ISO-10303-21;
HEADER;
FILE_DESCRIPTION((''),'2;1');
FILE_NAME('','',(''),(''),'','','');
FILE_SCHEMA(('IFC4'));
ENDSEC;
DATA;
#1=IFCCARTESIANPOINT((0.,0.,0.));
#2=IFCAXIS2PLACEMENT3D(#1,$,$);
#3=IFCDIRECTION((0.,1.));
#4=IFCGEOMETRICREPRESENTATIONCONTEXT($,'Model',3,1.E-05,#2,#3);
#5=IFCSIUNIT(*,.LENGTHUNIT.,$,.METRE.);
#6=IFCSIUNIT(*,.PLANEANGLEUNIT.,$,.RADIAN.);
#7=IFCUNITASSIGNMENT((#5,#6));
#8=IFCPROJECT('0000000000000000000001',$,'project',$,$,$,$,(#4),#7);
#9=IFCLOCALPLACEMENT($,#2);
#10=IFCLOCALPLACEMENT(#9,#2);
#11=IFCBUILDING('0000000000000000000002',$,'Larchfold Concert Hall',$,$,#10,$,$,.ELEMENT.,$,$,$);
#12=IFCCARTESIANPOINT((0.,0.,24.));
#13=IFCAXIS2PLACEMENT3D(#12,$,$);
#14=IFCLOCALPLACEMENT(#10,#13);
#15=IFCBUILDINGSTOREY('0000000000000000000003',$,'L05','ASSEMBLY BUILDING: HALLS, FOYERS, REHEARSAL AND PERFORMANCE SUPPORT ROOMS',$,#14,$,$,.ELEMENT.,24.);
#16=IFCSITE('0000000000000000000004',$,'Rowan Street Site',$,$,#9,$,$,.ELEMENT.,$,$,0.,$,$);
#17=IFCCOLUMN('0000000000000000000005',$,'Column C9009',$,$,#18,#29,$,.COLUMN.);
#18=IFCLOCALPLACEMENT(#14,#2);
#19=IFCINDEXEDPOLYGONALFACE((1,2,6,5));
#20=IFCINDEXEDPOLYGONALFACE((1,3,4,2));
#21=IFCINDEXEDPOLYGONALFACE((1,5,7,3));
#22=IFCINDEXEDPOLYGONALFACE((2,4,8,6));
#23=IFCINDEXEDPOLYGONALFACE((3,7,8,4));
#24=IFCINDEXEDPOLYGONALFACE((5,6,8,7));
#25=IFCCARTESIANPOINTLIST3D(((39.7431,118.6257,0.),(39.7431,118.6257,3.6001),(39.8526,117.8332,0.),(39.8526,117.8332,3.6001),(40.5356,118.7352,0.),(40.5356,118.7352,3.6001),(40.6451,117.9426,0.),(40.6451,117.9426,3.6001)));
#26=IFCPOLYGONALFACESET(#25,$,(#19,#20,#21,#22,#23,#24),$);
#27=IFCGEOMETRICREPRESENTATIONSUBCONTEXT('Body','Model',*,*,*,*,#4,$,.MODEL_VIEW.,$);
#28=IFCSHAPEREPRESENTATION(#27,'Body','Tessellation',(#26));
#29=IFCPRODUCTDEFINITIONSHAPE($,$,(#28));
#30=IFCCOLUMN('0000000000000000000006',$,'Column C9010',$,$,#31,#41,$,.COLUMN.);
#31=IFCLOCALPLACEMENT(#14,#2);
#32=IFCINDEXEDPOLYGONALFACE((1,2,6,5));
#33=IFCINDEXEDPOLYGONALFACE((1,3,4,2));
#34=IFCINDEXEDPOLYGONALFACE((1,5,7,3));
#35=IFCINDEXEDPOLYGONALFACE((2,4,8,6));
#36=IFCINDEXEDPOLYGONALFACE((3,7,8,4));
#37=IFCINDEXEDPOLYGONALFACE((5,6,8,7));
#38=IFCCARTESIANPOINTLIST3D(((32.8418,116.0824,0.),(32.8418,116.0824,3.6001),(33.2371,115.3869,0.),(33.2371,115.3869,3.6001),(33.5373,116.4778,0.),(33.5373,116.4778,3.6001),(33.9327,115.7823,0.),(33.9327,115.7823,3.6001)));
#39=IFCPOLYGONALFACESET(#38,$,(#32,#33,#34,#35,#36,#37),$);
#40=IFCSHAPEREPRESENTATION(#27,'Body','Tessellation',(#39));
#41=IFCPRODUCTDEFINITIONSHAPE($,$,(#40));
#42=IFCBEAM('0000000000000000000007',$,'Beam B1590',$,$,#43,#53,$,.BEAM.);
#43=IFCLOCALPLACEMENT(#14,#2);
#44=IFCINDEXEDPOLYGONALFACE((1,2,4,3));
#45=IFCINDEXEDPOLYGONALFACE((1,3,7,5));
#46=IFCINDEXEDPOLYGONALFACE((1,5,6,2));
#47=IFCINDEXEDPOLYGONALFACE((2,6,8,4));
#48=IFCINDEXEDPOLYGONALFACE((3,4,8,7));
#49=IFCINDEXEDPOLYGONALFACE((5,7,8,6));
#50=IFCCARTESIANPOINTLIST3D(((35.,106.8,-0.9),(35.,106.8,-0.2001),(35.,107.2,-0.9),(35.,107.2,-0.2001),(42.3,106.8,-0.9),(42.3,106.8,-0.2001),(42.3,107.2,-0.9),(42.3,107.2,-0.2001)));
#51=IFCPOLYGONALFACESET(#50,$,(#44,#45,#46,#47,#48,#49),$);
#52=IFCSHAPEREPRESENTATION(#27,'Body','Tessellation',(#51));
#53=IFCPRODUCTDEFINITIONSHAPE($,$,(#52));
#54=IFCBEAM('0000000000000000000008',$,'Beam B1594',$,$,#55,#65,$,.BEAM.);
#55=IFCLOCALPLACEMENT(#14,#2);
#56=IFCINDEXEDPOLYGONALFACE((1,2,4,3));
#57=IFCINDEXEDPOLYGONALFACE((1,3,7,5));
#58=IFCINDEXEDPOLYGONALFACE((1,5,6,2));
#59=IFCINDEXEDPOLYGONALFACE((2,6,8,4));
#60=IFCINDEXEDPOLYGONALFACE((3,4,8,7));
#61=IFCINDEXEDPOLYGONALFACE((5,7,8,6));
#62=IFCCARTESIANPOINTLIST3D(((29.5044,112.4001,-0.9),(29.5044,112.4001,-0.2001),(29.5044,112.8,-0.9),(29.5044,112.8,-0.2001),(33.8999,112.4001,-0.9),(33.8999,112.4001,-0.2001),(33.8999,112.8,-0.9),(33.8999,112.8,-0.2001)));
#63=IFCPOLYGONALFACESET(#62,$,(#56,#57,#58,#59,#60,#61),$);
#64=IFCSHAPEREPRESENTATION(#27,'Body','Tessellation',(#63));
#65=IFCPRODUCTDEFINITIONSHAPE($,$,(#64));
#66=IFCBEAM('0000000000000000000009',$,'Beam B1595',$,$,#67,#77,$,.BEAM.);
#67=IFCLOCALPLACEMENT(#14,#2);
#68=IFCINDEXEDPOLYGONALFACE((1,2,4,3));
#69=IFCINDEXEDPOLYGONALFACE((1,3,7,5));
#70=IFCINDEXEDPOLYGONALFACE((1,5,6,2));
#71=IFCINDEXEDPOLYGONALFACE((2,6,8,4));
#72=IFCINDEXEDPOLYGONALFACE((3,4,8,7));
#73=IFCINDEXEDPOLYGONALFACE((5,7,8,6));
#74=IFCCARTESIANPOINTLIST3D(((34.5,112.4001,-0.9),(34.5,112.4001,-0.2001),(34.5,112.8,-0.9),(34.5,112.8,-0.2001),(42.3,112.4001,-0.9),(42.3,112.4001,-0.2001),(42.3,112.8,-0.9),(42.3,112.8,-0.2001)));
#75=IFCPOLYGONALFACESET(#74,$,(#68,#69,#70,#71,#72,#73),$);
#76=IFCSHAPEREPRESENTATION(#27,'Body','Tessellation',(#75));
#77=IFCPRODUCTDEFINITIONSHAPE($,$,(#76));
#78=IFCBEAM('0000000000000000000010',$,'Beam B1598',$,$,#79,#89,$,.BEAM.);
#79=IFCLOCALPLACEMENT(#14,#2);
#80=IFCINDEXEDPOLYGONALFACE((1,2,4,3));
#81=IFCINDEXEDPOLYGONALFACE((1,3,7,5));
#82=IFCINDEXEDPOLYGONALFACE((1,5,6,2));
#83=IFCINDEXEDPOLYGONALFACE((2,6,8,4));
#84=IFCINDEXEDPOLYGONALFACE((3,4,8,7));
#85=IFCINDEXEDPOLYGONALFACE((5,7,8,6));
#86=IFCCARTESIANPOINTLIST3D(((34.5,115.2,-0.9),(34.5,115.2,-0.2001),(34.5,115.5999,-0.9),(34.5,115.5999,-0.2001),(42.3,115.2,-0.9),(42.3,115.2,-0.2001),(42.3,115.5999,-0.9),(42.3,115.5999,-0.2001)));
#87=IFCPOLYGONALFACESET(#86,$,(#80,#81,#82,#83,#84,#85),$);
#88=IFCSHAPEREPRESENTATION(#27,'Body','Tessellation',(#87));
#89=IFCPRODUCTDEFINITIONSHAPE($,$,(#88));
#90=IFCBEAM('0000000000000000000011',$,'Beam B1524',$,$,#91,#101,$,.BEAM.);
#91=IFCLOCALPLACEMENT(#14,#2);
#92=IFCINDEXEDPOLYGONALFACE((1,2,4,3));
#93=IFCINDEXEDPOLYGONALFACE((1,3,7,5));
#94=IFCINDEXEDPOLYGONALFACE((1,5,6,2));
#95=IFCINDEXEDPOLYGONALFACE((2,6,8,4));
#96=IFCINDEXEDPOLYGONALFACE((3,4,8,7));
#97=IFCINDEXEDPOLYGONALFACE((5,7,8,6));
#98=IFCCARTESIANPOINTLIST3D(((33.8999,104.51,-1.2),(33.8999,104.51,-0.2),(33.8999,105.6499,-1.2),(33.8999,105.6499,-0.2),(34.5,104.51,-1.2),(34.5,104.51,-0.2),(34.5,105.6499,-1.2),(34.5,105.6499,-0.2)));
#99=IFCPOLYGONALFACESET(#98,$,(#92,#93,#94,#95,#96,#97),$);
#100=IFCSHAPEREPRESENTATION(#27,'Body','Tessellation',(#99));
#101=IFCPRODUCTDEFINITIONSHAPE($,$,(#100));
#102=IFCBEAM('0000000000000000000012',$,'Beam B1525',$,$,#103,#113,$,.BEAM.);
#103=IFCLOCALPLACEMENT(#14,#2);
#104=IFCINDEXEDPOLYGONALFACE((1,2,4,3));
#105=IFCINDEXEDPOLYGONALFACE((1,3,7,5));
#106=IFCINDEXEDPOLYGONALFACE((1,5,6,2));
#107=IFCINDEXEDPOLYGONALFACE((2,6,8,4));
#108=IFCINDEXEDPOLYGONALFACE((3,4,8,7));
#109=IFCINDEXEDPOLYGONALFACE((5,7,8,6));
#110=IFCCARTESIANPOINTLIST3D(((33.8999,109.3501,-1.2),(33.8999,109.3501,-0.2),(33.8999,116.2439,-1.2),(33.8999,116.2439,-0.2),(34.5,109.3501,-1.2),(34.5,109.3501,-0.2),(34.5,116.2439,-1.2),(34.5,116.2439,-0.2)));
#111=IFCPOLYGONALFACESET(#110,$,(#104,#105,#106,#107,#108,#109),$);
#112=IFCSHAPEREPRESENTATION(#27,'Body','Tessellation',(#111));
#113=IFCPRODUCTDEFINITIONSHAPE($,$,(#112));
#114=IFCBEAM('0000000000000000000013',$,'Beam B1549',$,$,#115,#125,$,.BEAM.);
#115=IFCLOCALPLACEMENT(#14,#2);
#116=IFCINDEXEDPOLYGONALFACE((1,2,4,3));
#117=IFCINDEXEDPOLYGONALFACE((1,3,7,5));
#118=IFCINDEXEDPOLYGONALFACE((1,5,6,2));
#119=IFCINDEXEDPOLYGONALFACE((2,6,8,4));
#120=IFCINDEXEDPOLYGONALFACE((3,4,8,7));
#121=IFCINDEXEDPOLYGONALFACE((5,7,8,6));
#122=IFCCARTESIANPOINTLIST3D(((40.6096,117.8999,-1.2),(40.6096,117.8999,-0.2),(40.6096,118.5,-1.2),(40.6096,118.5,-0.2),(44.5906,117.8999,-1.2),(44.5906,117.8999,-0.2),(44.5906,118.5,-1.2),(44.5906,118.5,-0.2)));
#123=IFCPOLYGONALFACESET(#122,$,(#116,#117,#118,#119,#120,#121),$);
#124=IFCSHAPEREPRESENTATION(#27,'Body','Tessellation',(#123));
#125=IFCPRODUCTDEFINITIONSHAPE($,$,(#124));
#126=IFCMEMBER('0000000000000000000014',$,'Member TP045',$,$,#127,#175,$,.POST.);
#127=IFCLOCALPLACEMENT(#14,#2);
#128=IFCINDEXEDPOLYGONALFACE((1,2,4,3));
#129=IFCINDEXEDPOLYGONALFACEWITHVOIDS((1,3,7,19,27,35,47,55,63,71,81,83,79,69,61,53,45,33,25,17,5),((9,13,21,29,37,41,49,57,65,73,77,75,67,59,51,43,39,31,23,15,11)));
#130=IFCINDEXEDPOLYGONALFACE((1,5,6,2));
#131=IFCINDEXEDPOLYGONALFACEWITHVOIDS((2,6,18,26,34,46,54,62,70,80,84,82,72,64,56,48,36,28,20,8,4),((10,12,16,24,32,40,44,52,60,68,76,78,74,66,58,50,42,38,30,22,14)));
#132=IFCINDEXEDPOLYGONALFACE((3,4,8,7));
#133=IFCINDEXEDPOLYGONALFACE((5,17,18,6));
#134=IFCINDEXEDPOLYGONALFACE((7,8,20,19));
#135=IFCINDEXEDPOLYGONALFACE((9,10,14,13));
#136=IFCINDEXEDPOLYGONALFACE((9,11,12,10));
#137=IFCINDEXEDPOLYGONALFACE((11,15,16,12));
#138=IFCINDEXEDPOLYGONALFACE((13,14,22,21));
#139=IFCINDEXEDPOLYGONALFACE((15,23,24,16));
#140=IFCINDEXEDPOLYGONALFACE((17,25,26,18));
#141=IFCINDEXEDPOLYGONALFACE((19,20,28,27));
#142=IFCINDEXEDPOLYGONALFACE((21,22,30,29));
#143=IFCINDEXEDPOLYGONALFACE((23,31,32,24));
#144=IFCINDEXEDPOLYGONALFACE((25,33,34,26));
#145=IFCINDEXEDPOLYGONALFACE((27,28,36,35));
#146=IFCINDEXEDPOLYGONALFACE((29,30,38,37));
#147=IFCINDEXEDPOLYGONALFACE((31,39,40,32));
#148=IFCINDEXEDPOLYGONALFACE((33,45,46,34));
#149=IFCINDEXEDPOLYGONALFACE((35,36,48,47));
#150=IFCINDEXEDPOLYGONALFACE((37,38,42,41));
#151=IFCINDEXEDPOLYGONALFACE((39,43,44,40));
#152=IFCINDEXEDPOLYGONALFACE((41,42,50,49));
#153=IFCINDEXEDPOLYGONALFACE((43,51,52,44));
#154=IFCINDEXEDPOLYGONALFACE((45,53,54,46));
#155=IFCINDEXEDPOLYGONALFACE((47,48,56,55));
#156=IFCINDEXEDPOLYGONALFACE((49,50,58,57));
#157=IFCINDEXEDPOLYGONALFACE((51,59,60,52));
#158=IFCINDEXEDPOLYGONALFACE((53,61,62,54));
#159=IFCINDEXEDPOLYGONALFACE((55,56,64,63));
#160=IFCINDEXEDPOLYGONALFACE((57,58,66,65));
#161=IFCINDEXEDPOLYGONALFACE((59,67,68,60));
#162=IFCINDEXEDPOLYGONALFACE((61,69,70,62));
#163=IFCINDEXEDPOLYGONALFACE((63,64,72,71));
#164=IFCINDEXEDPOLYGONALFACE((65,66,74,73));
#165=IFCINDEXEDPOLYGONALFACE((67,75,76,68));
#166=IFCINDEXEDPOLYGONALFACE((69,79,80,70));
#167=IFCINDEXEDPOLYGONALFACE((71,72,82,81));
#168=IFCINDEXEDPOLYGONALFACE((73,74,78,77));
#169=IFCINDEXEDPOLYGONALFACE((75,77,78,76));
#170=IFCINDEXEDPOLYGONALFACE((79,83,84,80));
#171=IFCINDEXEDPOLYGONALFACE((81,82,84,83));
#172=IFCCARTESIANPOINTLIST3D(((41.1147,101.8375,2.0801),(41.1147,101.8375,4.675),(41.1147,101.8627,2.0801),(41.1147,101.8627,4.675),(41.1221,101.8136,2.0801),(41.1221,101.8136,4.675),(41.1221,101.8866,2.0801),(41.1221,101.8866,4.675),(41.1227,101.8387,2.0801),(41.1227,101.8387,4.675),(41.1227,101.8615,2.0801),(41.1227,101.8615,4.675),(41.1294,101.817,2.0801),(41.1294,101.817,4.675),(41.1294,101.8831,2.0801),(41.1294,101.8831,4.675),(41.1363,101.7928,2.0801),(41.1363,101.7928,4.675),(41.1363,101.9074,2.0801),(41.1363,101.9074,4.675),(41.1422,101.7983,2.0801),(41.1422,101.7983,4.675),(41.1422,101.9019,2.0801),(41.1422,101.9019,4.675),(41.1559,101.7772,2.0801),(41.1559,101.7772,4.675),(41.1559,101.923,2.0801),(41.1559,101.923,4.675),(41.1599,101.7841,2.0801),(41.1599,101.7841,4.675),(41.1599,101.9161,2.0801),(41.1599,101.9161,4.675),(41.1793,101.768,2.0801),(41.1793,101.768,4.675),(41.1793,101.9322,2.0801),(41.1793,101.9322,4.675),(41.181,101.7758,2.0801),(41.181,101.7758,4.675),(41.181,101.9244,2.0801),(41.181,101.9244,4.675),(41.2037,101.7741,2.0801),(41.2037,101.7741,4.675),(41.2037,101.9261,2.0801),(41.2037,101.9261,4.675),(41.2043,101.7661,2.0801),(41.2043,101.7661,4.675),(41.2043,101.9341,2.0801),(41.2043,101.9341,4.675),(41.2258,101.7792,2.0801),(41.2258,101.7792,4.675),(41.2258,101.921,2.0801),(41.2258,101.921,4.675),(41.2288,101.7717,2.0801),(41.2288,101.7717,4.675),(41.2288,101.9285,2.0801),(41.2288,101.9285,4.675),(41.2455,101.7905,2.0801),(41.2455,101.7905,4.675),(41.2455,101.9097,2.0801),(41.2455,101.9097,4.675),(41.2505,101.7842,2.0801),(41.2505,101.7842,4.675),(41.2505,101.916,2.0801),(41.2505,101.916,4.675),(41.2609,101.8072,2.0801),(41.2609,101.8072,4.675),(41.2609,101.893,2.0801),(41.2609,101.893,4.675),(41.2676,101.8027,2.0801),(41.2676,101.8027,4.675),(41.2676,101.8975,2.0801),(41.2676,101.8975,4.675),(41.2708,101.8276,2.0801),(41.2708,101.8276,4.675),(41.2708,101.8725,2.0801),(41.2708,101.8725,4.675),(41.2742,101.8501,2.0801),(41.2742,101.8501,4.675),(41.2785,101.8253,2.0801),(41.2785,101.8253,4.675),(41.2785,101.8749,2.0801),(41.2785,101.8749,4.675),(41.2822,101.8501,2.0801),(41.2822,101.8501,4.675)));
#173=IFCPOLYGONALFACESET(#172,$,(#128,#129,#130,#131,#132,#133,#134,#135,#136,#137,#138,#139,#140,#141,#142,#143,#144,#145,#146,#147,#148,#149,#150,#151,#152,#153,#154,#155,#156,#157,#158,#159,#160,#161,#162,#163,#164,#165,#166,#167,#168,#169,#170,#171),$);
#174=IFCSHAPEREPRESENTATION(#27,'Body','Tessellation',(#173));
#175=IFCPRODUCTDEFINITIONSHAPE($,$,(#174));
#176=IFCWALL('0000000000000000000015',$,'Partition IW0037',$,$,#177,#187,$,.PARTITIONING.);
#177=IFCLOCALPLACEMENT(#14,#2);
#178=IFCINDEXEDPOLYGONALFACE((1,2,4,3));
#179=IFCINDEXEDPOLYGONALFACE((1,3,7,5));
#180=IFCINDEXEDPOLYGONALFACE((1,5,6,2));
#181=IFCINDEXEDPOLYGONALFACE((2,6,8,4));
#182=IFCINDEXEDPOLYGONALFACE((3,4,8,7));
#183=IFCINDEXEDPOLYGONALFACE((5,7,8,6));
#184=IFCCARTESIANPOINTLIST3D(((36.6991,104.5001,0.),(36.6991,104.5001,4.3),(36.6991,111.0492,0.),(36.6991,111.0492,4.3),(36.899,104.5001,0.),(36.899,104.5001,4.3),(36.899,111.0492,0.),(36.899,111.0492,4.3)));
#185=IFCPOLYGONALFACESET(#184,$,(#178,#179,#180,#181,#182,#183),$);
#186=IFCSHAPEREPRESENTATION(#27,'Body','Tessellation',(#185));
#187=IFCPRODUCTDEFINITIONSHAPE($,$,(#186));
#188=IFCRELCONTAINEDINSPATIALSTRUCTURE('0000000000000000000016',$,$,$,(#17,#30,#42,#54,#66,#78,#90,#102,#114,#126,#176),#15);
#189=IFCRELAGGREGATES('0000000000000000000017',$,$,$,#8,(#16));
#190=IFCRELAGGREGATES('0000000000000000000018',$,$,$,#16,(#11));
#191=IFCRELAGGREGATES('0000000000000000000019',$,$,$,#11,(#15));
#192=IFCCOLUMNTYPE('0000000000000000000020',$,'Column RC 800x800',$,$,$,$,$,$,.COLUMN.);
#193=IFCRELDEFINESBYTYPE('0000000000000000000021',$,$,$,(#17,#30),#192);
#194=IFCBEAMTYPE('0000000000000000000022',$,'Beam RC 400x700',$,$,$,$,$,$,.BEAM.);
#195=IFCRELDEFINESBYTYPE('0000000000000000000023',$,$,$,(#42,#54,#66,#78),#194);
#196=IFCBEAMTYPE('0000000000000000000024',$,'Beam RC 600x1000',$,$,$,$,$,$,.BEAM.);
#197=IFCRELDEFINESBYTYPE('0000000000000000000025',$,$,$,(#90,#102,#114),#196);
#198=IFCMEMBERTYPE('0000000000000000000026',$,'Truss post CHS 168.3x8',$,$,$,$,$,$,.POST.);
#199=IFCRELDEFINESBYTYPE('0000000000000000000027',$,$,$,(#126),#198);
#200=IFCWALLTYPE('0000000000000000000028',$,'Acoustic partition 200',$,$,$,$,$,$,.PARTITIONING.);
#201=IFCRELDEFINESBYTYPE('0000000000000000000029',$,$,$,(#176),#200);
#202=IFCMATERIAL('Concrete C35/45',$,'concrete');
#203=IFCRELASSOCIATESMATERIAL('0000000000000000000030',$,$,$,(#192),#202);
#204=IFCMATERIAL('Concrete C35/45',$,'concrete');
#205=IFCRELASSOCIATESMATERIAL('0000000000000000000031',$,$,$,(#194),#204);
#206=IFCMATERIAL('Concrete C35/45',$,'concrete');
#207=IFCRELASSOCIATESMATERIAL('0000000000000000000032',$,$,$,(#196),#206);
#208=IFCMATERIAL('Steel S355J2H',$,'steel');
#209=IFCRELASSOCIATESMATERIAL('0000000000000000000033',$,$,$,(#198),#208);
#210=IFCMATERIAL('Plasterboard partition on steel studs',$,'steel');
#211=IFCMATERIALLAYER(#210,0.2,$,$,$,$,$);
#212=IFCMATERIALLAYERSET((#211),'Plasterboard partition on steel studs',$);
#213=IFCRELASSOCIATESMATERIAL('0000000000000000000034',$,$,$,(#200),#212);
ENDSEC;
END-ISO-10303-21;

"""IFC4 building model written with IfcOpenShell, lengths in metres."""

from ifc_helpers import new_model, si_unit, direction, frame, frame_2d, origin, origin_2d, place, context, subcontext, project, spatial, rectangle, hollow_circle, extrude, material, layer, layer_set, material_profile, profile_set, type_object, element, save


model = new_model("IFC4")

# Units and contexts
model_context = context("Model", 3, precision=1e-05, world=origin(), true_north=direction((0.0, 1.0)))
body_context = subcontext(model_context, "Body", "Model", "MODEL_VIEW")
ifc_project = project(units=[si_unit("LENGTHUNIT", "METRE"), si_unit("PLANEANGLEUNIT", "RADIAN")], contexts=[model_context])

# Site, building, storey
site_placement = place(None, origin())
site = spatial("IfcSite", under=ifc_project, at=site_placement, Name="Rowan Street Site", CompositionType="ELEMENT", RefElevation=0.0)
building_placement = place(site_placement, origin())
building = spatial("IfcBuilding", under=site, at=building_placement, Name="Larchfold Concert Hall", CompositionType="ELEMENT")
storey_placement = place(building_placement, frame((0.0, 0.0, 24.0)))
storey = spatial("IfcBuildingStorey", under=building, at=storey_placement, Name="L05", Description="ASSEMBLY BUILDING: HALLS, FOYERS, REHEARSAL AND PERFORMANCE SUPPORT ROOMS", CompositionType="ELEMENT", Elevation=24.0)

# Columns
ifc_material_1 = material(Name="Concrete C35/45", Category="concrete")
ifc_material_profile_1 = material_profile(ifc_material_1, rectangle(XDim=0.8, YDim=0.8, at=origin_2d()))
ifc_profile_set_1 = profile_set([ifc_material_profile_1], Name="Concrete C35/45")
column_type = type_object("IfcColumnType", Name="Column RC 800x800", PredefinedType="COLUMN", material=ifc_profile_set_1)
for number, where, z_axis, x_axis, name in (
    (1, (40.1941, 118.2842, 0.0), (0.0, 0.0, 1.0), (0.990596, 0.13682, 0.0), "Column C9009"),
    (2, (33.3872, 115.9324, 0.0), (0.0, 0.0, 1.0), (0.86935, 0.494197, 0.0), "Column C9010"),
):
    element("IfcColumn", number, at=place(storey_placement, frame(where, z_axis=z_axis, x_axis=x_axis)), inside=storey, type_object=column_type, Name=name, PredefinedType="COLUMN", context=body_context, shape_type="SweptSolid", body=[
        extrude(rectangle(XDim=0.8, YDim=0.8, at=origin_2d()), origin(), (0.0, 0.0, 1.0), 3.6001),
    ])

# Beams
ifc_material_2 = material(Name="Concrete C35/45", Category="concrete")
ifc_material_profile_2 = material_profile(ifc_material_2, rectangle(XDim=0.3999, YDim=0.7, at=origin_2d()))
ifc_profile_set_2 = profile_set([ifc_material_profile_2], Name="Concrete C35/45")
beam_type_1 = type_object("IfcBeamType", Name="Beam RC 400x700", PredefinedType="BEAM", material=ifc_profile_set_2)
beam_1_placement = place(storey_placement, frame((35.0, 107.0, -0.55), z_axis=(1.0, 0.0, 0.0), x_axis=(0.0, 1.0, 0.0)))
element("IfcBeam", 3, at=beam_1_placement, inside=storey, type_object=beam_type_1, Name="Beam B1590", PredefinedType="BEAM", context=body_context, shape_type="SweptSolid", body=[
    extrude(rectangle(XDim=0.3999, YDim=0.7, at=origin_2d()), origin(), (0.0, 0.0, 1.0), 7.3),
])
beam_2_placement = place(storey_placement, frame((29.5044, 112.6001, -0.55), z_axis=(1.0, 0.0, 0.0), x_axis=(0.0, 1.0, 0.0)))
element("IfcBeam", 4, at=beam_2_placement, inside=storey, type_object=beam_type_1, Name="Beam B1594", PredefinedType="BEAM", context=body_context, shape_type="SweptSolid", body=[
    extrude(rectangle(XDim=0.3999, YDim=0.7, at=origin_2d()), origin(), (0.0, 0.0, 1.0), 4.3955),
])
for number, where, z_axis, x_axis, name in (
    (5, (34.5, 112.6001, -0.55), (1.0, 0.0, 0.0), (0.0, 1.0, 0.0), "Beam B1595"),
    (6, (34.5, 115.3999, -0.55), (1.0, 0.0, 0.0), (0.0, 1.0, 0.0), "Beam B1598"),
):
    element("IfcBeam", number, at=place(storey_placement, frame(where, z_axis=z_axis, x_axis=x_axis)), inside=storey, type_object=beam_type_1, Name=name, PredefinedType="BEAM", context=body_context, shape_type="SweptSolid", body=[
        extrude(rectangle(XDim=0.3999, YDim=0.7, at=origin_2d()), origin(), (0.0, 0.0, 1.0), 7.8),
    ])
ifc_material_3 = material(Name="Concrete C35/45", Category="concrete")
ifc_material_profile_3 = material_profile(ifc_material_3, rectangle(XDim=0.6001, YDim=1.0, at=origin_2d()))
ifc_profile_set_3 = profile_set([ifc_material_profile_3], Name="Concrete C35/45")
beam_type_2 = type_object("IfcBeamType", Name="Beam RC 600x1000", PredefinedType="BEAM", material=ifc_profile_set_3)
beam_3_placement = place(storey_placement, frame((34.2, 104.51, -0.7), z_axis=(0.0, 1.0, 0.0), x_axis=(-1.0, 0.0, 0.0)))
element("IfcBeam", 7, at=beam_3_placement, inside=storey, type_object=beam_type_2, Name="Beam B1524", PredefinedType="BEAM", context=body_context, shape_type="SweptSolid", body=[
    extrude(rectangle(XDim=0.6001, YDim=1.0, at=origin_2d()), origin(), (0.0, 0.0, 1.0), 1.1399),
])
beam_4_placement = place(storey_placement, frame((34.2, 109.3501, -0.7), z_axis=(0.0, 1.0, 0.0), x_axis=(-1.0, 0.0, 0.0)))
element("IfcBeam", 8, at=beam_4_placement, inside=storey, type_object=beam_type_2, Name="Beam B1525", PredefinedType="BEAM", context=body_context, shape_type="SweptSolid", body=[
    extrude(rectangle(XDim=0.6001, YDim=1.0, at=origin_2d()), origin(), (0.0, 0.0, 1.0), 6.8938),
])
beam_5_placement = place(storey_placement, frame((40.6096, 118.2, -0.7), z_axis=(1.0, 0.0, 0.0), x_axis=(0.0, 1.0, 0.0)))
element("IfcBeam", 9, at=beam_5_placement, inside=storey, type_object=beam_type_2, Name="Beam B1549", PredefinedType="BEAM", context=body_context, shape_type="SweptSolid", body=[
    extrude(rectangle(XDim=0.6001, YDim=1.0, at=origin_2d()), origin(), (0.0, 0.0, 1.0), 3.981),
])

# Member
ifc_material_4 = material(Name="Steel S355J2H", Category="steel")
ifc_material_profile_4 = material_profile(ifc_material_4, hollow_circle(Radius=0.0842, WallThickness=0.0081, at=origin_2d()))
ifc_profile_set_4 = profile_set([ifc_material_profile_4], Name="Steel S355J2H")
member_type = type_object("IfcMemberType", Name="Truss post CHS 168.3x8", PredefinedType="POST", material=ifc_profile_set_4)
member_placement = place(storey_placement, frame((41.198, 101.8501, 2.0801), z_axis=(0.0, 0.0, 1.0), x_axis=(1.0, 0.0, 0.0)))
element("IfcMember", 10, at=member_placement, inside=storey, type_object=member_type, Name="Member TP045", PredefinedType="POST", context=body_context, shape_type="SweptSolid", body=[
    extrude(hollow_circle(Radius=0.0842, WallThickness=0.0081, at=origin_2d()), origin(), (0.0, 0.0, 1.0), 2.595),
])

# Wall
ifc_material_5 = material(Name="Plasterboard partition on steel studs", Category="steel")
ifc_layer_1 = layer(ifc_material_5, 0.2)
ifc_layer_set_1 = layer_set([ifc_layer_1], Name="Plasterboard partition on steel studs")
wall_type_1 = type_object("IfcWallType", Name="Acoustic partition 200", PredefinedType="PARTITIONING", material=ifc_layer_set_1)
wall_1_placement = place(storey_placement, frame((36.7991, 111.0491, 0.0), z_axis=(0.0, 0.0, 1.0), x_axis=(0.0, -1.0, 0.0)))
element("IfcWall", 11, at=wall_1_placement, inside=storey, type_object=wall_type_1, Name="Partition IW0037", PredefinedType="PARTITIONING", context=body_context, shape_type="SweptSolid", body=[
    extrude(rectangle(XDim=6.5491, YDim=0.2, at=frame_2d((3.2744, 0.0))), origin(), (0.0, 0.0, 1.0), 4.3),
])

save(model, "model.ifc")
